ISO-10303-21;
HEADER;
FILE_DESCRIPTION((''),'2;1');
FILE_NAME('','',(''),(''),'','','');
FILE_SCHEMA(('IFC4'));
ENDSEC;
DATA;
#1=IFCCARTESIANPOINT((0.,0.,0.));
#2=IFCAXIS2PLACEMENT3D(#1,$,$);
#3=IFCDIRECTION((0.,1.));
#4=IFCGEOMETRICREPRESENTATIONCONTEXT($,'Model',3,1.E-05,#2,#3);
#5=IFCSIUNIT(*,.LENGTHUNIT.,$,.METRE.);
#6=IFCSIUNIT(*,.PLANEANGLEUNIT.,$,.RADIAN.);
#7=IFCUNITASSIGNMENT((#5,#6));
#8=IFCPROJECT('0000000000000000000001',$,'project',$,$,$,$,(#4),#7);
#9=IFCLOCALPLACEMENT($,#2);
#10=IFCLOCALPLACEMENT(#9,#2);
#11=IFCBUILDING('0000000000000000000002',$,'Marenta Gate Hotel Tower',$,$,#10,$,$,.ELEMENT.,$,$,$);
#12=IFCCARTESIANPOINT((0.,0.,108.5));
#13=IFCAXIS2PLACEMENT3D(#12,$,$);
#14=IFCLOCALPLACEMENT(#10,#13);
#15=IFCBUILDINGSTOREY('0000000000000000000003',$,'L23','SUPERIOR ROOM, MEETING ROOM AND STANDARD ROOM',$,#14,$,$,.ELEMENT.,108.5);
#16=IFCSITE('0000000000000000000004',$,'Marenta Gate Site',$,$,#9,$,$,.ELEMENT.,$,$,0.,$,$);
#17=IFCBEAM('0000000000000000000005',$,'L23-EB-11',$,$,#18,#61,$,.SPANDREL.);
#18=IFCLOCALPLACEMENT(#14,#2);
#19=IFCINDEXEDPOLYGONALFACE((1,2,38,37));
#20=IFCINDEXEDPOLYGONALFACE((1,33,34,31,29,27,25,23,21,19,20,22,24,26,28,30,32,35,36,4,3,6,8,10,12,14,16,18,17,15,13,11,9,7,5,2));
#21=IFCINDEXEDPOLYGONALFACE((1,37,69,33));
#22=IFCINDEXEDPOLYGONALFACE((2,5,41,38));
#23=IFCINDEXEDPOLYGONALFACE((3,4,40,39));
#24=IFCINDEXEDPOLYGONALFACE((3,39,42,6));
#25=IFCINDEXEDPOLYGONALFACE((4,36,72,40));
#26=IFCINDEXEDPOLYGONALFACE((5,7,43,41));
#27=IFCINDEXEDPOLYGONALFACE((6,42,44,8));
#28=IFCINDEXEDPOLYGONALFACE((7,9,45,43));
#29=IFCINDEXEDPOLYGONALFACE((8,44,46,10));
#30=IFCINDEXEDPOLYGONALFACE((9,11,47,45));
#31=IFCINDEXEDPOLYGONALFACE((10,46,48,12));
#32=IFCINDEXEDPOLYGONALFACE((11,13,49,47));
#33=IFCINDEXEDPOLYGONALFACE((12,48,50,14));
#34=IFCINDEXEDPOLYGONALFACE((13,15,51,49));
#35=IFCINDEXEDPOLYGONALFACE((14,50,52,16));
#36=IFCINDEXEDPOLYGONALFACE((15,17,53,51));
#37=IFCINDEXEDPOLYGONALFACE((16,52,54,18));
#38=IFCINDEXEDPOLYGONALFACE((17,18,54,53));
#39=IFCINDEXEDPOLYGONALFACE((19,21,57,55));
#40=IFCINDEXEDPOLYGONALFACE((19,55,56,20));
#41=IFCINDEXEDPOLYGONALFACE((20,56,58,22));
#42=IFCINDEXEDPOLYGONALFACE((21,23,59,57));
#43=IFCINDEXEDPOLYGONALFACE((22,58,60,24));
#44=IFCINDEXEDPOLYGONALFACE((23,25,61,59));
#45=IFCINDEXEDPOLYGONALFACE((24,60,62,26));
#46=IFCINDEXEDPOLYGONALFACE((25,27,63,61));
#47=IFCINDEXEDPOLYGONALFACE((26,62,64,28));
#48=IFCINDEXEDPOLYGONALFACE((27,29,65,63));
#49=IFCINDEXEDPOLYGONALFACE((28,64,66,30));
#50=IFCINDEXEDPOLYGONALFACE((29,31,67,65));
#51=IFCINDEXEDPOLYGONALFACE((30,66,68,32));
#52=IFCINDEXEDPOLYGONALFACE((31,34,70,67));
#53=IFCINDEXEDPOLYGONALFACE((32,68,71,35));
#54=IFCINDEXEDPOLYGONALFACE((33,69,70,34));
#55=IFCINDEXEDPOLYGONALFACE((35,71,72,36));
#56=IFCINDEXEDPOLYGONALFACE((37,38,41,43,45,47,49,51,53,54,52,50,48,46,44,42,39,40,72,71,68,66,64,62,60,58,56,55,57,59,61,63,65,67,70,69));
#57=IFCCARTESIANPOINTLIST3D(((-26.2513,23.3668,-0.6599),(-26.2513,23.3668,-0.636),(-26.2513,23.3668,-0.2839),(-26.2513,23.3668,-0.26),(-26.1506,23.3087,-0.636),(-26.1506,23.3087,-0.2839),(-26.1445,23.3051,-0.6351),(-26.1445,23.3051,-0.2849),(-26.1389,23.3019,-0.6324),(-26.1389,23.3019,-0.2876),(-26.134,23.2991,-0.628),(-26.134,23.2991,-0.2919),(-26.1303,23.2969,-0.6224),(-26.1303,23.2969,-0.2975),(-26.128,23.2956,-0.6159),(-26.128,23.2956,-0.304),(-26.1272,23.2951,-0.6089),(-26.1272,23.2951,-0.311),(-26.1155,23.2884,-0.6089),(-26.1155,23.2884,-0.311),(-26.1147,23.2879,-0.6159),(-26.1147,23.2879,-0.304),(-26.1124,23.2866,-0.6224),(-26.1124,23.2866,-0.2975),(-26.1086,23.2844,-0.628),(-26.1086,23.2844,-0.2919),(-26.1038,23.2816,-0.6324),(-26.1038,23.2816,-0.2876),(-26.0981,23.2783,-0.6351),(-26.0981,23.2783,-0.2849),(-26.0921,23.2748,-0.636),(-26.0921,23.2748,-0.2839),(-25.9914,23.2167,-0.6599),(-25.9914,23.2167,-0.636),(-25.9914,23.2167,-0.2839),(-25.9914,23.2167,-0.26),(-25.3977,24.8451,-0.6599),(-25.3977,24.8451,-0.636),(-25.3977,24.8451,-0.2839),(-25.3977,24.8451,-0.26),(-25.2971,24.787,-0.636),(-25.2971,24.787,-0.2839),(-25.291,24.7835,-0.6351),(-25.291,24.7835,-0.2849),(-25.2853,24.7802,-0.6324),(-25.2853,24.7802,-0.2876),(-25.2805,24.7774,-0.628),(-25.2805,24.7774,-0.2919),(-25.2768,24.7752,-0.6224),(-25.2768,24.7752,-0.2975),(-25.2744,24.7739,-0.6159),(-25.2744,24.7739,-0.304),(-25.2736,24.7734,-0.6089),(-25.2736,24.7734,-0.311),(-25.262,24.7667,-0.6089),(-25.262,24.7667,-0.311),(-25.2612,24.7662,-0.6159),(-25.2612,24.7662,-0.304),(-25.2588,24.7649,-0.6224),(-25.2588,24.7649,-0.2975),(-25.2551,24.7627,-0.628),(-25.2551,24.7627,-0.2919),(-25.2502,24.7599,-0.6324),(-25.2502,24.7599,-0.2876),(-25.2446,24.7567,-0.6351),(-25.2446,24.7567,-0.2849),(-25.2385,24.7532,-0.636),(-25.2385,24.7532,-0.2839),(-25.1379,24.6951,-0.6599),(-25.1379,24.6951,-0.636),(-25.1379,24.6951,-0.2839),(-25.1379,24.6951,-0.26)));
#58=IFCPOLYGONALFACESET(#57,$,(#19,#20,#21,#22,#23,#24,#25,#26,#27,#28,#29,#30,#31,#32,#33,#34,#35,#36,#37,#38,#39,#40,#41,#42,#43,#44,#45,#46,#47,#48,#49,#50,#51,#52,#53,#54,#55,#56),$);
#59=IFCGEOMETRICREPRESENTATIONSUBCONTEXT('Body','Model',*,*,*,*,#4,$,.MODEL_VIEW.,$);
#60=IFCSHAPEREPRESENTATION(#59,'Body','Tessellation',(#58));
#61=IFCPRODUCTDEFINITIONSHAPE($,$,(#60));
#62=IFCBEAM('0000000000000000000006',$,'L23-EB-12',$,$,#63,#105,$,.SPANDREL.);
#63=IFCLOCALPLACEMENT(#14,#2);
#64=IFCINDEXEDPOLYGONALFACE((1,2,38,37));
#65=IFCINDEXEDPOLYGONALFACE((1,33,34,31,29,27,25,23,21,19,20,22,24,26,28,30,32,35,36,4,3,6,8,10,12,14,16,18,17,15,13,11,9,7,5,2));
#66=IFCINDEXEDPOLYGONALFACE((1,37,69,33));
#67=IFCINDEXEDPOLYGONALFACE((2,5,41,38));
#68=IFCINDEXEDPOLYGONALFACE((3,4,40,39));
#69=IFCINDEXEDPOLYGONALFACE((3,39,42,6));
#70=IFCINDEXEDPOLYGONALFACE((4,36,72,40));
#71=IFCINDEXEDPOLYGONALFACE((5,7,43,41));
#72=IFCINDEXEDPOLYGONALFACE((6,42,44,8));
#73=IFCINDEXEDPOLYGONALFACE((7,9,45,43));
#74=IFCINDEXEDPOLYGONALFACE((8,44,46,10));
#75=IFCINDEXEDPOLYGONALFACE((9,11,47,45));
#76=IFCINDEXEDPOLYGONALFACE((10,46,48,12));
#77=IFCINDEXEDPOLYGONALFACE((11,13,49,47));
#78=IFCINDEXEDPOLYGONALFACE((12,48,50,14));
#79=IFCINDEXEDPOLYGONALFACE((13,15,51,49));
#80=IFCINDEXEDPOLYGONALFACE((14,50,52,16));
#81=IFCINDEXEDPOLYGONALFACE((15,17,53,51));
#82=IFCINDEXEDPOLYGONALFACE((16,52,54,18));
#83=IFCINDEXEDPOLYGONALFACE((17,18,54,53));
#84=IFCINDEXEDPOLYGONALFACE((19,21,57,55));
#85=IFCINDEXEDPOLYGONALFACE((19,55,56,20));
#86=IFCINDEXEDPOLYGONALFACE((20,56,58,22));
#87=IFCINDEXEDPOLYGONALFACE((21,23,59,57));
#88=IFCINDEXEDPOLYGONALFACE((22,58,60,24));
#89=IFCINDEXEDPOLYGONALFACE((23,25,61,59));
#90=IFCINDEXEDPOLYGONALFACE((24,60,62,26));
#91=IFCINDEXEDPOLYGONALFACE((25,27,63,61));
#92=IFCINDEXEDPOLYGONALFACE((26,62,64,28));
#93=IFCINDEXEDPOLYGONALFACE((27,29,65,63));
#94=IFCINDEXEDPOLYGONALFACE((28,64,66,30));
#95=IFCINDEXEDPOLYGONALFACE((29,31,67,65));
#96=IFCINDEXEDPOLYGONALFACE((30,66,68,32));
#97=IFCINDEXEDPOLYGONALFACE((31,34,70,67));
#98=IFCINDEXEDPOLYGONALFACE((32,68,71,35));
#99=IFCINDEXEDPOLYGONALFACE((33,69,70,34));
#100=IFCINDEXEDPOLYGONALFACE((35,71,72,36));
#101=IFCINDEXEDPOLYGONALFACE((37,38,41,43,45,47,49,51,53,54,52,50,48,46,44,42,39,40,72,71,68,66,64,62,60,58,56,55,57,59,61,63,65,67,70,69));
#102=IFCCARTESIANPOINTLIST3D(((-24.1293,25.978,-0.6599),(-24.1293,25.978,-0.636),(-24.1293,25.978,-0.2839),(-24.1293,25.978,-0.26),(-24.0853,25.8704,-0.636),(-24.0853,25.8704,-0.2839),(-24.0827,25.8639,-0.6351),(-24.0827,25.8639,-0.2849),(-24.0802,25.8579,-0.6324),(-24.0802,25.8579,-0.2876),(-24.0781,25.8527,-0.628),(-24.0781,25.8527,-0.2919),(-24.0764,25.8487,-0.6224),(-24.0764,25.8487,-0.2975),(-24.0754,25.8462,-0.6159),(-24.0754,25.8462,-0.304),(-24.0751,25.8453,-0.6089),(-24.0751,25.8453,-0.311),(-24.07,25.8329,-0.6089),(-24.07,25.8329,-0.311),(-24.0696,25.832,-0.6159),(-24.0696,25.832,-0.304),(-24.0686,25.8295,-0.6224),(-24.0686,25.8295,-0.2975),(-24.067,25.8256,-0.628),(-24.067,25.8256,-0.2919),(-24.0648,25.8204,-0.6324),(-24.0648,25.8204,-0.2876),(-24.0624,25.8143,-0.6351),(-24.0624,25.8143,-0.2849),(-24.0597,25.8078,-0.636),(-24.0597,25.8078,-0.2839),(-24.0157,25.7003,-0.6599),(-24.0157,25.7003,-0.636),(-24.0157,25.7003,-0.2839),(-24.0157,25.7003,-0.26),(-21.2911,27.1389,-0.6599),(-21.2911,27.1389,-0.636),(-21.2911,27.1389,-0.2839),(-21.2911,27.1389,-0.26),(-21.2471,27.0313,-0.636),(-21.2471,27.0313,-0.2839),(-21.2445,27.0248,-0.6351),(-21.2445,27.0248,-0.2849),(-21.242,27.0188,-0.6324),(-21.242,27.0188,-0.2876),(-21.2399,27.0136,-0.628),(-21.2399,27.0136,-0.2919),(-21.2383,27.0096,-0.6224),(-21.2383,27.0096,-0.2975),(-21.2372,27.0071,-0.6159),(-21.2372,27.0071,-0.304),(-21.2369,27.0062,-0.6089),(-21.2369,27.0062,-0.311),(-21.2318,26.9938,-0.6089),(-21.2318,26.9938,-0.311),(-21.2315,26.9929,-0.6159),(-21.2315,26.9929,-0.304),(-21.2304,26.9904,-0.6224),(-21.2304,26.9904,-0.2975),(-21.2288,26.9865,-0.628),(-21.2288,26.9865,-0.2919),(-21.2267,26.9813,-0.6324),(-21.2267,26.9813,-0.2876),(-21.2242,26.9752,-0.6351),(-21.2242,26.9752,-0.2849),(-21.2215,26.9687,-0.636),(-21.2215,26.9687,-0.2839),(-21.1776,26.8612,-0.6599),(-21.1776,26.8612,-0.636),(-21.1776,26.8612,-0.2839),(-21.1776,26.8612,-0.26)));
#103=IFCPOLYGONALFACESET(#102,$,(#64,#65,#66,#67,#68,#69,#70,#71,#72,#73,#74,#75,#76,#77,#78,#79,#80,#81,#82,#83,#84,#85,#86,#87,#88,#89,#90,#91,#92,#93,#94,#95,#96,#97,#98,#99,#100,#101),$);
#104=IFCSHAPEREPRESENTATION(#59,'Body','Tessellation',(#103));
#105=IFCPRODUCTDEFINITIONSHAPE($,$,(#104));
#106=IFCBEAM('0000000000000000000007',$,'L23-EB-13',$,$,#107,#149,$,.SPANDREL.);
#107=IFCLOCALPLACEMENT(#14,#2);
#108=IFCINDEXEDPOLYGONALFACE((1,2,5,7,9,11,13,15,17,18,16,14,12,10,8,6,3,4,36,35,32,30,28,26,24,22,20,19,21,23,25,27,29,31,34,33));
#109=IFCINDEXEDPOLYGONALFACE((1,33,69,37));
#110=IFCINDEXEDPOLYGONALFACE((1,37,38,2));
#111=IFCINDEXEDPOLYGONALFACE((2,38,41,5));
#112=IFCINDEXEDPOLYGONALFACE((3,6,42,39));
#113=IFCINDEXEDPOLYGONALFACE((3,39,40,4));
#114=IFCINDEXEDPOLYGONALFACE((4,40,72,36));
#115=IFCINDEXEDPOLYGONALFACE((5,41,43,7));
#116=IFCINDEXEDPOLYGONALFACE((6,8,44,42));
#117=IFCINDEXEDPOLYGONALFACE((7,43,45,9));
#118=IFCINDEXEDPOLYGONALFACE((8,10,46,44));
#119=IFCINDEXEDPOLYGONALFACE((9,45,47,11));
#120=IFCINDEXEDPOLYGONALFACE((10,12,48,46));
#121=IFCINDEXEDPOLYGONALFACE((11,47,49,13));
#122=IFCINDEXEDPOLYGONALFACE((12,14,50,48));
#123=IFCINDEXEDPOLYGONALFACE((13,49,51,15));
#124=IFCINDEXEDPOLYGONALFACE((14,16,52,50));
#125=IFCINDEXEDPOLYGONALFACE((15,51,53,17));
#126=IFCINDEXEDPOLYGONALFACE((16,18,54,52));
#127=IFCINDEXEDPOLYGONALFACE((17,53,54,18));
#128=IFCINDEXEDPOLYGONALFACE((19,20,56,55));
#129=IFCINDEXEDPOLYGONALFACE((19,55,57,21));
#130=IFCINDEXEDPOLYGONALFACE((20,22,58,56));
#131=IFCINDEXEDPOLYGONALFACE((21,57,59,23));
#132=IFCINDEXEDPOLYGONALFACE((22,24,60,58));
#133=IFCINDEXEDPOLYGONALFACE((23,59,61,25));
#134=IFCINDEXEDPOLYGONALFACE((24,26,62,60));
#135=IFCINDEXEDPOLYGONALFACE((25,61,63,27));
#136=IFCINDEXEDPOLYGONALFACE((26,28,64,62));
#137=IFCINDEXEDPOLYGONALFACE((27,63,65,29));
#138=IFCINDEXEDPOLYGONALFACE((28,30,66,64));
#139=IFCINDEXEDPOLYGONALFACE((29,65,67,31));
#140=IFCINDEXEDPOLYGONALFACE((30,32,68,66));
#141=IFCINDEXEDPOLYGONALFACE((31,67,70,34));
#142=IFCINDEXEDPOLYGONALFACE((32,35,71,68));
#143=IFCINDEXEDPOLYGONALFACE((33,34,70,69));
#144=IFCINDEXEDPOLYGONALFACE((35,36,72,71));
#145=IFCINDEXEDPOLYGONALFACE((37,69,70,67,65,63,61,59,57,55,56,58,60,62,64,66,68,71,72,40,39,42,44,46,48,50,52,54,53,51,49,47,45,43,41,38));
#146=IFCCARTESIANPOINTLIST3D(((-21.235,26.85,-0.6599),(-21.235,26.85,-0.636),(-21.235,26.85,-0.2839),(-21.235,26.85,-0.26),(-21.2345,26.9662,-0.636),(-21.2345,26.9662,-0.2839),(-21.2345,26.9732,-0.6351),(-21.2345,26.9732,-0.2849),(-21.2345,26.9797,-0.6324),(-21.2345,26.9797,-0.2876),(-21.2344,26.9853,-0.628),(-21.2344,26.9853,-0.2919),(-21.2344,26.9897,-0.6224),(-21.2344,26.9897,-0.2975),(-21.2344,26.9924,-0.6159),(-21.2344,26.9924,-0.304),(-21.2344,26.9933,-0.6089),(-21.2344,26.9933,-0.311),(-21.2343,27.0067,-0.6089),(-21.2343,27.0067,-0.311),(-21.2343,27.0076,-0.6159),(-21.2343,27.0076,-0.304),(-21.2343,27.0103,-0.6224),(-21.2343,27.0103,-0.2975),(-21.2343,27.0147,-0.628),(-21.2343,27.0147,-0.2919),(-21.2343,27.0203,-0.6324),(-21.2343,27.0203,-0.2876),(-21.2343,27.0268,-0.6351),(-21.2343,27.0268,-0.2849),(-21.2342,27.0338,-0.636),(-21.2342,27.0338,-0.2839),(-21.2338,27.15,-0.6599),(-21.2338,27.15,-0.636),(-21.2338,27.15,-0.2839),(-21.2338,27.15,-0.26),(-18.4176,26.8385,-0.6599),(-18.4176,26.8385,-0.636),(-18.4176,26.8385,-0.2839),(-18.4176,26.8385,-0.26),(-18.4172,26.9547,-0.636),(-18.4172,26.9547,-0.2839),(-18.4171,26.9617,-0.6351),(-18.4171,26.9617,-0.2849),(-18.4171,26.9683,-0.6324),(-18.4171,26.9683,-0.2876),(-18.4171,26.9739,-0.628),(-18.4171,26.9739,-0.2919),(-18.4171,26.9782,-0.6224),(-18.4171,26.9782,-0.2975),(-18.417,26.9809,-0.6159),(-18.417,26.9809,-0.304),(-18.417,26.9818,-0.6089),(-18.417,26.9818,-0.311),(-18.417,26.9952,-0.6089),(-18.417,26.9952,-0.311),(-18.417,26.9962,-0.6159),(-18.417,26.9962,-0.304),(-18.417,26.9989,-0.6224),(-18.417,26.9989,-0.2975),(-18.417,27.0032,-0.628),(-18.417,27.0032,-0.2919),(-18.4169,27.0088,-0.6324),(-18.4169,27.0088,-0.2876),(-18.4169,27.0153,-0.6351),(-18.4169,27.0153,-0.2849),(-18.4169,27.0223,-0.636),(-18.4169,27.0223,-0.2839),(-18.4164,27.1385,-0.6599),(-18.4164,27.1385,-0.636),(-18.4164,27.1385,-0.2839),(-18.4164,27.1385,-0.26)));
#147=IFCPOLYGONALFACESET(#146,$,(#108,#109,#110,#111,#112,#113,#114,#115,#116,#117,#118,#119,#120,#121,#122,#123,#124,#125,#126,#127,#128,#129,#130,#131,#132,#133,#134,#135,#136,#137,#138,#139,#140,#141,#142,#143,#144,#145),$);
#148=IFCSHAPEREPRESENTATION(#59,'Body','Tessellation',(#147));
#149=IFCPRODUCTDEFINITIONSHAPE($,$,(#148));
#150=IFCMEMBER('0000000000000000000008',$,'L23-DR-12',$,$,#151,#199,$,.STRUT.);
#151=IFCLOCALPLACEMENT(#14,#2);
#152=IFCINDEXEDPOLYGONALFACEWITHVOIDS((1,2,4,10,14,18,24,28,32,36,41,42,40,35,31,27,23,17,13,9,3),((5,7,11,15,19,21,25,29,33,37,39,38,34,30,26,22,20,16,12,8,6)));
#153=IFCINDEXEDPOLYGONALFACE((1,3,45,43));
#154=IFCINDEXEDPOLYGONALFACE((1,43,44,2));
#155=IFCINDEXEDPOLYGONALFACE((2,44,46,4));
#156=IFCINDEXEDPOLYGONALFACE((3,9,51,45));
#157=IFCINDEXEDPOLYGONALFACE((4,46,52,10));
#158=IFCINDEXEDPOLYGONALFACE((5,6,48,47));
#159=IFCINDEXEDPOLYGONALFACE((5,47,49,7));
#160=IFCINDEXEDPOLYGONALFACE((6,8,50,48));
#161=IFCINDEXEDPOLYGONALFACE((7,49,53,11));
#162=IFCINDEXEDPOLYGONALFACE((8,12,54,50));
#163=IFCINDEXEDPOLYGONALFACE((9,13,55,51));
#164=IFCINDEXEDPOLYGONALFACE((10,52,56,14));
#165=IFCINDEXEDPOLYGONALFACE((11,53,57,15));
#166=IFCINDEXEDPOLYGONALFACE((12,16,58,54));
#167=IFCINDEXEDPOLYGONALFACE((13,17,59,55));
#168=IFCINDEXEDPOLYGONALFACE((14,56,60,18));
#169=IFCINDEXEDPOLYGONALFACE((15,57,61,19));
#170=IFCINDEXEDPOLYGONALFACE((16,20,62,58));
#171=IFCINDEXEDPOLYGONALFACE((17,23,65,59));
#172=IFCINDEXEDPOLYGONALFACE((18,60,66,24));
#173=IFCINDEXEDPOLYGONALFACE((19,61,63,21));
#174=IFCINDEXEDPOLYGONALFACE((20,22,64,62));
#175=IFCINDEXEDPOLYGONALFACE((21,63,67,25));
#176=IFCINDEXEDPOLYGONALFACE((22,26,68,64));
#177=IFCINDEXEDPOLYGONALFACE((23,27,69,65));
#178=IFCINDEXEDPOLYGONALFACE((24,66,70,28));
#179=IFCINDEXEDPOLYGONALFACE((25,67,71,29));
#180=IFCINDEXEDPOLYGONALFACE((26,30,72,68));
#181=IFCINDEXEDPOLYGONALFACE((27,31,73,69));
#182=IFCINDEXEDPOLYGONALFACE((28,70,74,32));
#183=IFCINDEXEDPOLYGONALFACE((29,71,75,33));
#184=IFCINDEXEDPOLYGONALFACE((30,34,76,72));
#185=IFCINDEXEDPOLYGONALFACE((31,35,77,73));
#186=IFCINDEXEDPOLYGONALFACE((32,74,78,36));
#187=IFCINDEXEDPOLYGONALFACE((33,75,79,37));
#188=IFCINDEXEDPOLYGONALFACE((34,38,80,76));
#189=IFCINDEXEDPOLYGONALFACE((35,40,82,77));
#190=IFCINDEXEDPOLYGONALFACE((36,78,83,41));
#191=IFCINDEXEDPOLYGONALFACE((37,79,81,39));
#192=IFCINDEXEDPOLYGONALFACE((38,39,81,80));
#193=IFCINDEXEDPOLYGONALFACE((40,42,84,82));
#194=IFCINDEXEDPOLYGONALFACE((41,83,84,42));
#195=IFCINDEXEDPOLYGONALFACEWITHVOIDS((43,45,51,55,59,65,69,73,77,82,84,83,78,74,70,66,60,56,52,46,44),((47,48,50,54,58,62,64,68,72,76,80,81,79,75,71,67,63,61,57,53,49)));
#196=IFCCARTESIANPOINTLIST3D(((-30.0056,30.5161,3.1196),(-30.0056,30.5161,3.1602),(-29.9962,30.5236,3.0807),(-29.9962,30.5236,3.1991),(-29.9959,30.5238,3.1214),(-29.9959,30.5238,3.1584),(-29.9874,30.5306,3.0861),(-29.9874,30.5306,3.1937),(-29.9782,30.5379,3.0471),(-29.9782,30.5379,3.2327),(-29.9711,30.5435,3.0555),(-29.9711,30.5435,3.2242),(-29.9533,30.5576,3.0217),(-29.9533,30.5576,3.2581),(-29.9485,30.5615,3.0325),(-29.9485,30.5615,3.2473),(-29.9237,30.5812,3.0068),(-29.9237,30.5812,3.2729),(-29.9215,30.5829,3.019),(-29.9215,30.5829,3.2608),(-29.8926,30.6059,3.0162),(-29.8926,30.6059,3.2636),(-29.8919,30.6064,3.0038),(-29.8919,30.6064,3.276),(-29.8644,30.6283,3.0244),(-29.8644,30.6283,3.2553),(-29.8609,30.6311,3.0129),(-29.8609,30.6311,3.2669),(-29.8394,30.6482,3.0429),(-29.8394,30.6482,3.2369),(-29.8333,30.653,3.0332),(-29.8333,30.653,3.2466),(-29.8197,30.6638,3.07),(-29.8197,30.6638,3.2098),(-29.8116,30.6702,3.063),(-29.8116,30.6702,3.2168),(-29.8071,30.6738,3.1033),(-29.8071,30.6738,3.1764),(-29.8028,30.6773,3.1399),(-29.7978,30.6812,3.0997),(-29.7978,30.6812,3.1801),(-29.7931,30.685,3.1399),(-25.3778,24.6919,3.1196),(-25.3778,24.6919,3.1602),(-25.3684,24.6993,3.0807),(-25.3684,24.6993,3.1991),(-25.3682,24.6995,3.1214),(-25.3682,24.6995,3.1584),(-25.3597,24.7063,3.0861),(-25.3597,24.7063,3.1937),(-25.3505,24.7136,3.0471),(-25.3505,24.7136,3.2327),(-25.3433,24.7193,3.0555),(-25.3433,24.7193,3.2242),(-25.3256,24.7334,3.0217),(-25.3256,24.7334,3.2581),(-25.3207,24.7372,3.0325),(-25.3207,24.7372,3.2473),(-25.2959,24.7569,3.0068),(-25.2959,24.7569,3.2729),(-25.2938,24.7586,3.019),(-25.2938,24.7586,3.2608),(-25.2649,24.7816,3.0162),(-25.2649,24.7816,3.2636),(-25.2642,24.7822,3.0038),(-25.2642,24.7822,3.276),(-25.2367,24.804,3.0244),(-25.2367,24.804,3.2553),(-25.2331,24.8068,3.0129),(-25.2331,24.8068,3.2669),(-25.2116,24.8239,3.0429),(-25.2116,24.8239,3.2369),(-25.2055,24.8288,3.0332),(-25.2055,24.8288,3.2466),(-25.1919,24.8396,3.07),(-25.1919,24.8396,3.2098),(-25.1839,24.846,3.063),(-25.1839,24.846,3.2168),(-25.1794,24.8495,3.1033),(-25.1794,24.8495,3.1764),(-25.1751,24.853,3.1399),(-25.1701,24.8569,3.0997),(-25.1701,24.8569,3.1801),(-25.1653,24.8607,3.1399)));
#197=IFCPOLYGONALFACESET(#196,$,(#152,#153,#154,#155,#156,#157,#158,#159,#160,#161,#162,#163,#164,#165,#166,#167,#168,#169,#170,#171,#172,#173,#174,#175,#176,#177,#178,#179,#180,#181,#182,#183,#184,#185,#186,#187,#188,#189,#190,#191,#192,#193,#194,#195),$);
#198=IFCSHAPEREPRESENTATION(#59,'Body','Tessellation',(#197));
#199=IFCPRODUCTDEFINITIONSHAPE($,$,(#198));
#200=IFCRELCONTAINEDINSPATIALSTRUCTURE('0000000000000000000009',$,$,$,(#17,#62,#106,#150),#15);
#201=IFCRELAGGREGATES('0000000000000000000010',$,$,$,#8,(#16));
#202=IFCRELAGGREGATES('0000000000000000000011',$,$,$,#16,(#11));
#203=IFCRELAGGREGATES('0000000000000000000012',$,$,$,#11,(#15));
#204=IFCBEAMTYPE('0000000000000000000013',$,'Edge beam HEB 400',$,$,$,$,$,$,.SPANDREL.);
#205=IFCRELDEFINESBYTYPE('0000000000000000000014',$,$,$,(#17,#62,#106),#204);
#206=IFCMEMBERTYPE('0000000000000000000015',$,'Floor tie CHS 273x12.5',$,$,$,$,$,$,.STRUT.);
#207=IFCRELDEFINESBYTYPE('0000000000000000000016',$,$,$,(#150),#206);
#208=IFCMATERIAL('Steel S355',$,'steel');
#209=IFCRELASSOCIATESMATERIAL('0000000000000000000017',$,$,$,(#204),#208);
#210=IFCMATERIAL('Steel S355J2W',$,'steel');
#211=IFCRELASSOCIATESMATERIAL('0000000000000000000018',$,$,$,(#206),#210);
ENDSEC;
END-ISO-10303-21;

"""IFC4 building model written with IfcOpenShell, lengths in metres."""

from ifc_helpers import new_model, si_unit, direction, frame, origin, origin_2d, place, context, subcontext, project, spatial, hollow_circle, i_section, extrude, material, material_profile, profile_set, type_object, element, save


model = new_model("IFC4")

# Units and contexts
model_context = context("Model", 3, precision=1e-05, world=origin(), true_north=direction((0.0, 1.0)))
body_context = subcontext(model_context, "Body", "Model", "MODEL_VIEW")
ifc_project = project(units=[si_unit("LENGTHUNIT", "METRE"), si_unit("PLANEANGLEUNIT", "RADIAN")], contexts=[model_context])

# Site, building, storey
site_placement = place(None, origin())
site = spatial("IfcSite", under=ifc_project, at=site_placement, Name="Marenta Gate Site", CompositionType="ELEMENT", RefElevation=0.0)
building_placement = place(site_placement, origin())
building = spatial("IfcBuilding", under=site, at=building_placement, Name="Marenta Gate Hotel Tower", CompositionType="ELEMENT")
storey_placement = place(building_placement, frame((0.0, 0.0, 108.5)))
storey = spatial("IfcBuildingStorey", under=building, at=storey_placement, Name="L23", Description="SUPERIOR ROOM, MEETING ROOM AND STANDARD ROOM", CompositionType="ELEMENT", Elevation=108.5)

# Beams
ifc_material_1 = material(Name="Steel S355", Category="steel")
ifc_material_profile_1 = material_profile(ifc_material_1, i_section(OverallWidth=0.3, OverallDepth=0.3999, WebThickness=0.0134, FlangeThickness=0.0239, FilletRadius=0.0271, at=origin_2d()), Name="HEB 400")
ifc_profile_set_1 = profile_set([ifc_material_profile_1], Name="Steel S355")
beam_type_1 = type_object("IfcBeamType", Name="Edge beam HEB 400", PredefinedType="SPANDREL", material=ifc_profile_set_1)
beam_1_placement = place(storey_placement, frame((-26.1213, 23.2917, -0.46), z_axis=(0.500015, 0.866016, 0.0), x_axis=(-0.866016, 0.500015, 0.0)))
element("IfcBeam", 1, at=beam_1_placement, inside=storey, type_object=beam_type_1, Name="L23-EB-11", PredefinedType="SPANDREL", context=body_context, shape_type="SweptSolid", body=[
    extrude(i_section(OverallWidth=0.3, OverallDepth=0.3999, WebThickness=0.0134, FlangeThickness=0.0239, FilletRadius=0.0271, at=origin_2d()), origin(), (0.0, 0.0, 1.0), 1.707),
])
beam_2_placement = place(storey_placement, frame((-24.0725, 25.8391, -0.46), z_axis=(0.925566, 0.378586, 0.0), x_axis=(-0.378586, 0.925566, 0.0)))
element("IfcBeam", 2, at=beam_2_placement, inside=storey, type_object=beam_type_1, Name="L23-EB-12", PredefinedType="SPANDREL", context=body_context, shape_type="SweptSolid", body=[
    extrude(i_section(OverallWidth=0.3, OverallDepth=0.3999, WebThickness=0.0134, FlangeThickness=0.0239, FilletRadius=0.0271, at=origin_2d()), origin(), (0.0, 0.0, 1.0), 3.0664),
])
beam_3_placement = place(storey_placement, frame((-21.2344, 27.0, -0.46), z_axis=(0.999992, -0.004073, 0.0), x_axis=(0.004073, 0.999992, 0.0)))
element("IfcBeam", 3, at=beam_3_placement, inside=storey, type_object=beam_type_1, Name="L23-EB-13", PredefinedType="SPANDREL", context=body_context, shape_type="SweptSolid", body=[
    extrude(i_section(OverallWidth=0.3, OverallDepth=0.3999, WebThickness=0.0134, FlangeThickness=0.0239, FilletRadius=0.0271, at=origin_2d()), origin(), (0.0, 0.0, 1.0), 2.8174),
])

# Member
ifc_material_2 = material(Name="Steel S355J2W", Category="steel")
ifc_material_profile_2 = material_profile(ifc_material_2, hollow_circle(Radius=0.1365, WallThickness=0.0125, at=origin_2d()), Name="CHS 273x12.5")
ifc_profile_set_2 = profile_set([ifc_material_profile_2], Name="Steel S355J2W")
member_type_1 = type_object("IfcMemberType", Name="Floor tie CHS 273x12.5", PredefinedType="STRUT", material=ifc_profile_set_2)
member_1_placement = place(storey_placement, frame((-29.8999, 30.6001, 3.1399), z_axis=(0.622094, -0.782943, 0.0), x_axis=(0.782943, 0.622094, 0.0)))
element("IfcMember", 4, at=member_1_placement, inside=storey, type_object=member_type_1, Name="L23-DR-12", PredefinedType="STRUT", context=body_context, shape_type="SweptSolid", body=[
    extrude(hollow_circle(Radius=0.1365, WallThickness=0.0125, at=origin_2d()), origin(), (0.0, 0.0, 1.0), 7.439),
])

save(model, "model.ifc")
